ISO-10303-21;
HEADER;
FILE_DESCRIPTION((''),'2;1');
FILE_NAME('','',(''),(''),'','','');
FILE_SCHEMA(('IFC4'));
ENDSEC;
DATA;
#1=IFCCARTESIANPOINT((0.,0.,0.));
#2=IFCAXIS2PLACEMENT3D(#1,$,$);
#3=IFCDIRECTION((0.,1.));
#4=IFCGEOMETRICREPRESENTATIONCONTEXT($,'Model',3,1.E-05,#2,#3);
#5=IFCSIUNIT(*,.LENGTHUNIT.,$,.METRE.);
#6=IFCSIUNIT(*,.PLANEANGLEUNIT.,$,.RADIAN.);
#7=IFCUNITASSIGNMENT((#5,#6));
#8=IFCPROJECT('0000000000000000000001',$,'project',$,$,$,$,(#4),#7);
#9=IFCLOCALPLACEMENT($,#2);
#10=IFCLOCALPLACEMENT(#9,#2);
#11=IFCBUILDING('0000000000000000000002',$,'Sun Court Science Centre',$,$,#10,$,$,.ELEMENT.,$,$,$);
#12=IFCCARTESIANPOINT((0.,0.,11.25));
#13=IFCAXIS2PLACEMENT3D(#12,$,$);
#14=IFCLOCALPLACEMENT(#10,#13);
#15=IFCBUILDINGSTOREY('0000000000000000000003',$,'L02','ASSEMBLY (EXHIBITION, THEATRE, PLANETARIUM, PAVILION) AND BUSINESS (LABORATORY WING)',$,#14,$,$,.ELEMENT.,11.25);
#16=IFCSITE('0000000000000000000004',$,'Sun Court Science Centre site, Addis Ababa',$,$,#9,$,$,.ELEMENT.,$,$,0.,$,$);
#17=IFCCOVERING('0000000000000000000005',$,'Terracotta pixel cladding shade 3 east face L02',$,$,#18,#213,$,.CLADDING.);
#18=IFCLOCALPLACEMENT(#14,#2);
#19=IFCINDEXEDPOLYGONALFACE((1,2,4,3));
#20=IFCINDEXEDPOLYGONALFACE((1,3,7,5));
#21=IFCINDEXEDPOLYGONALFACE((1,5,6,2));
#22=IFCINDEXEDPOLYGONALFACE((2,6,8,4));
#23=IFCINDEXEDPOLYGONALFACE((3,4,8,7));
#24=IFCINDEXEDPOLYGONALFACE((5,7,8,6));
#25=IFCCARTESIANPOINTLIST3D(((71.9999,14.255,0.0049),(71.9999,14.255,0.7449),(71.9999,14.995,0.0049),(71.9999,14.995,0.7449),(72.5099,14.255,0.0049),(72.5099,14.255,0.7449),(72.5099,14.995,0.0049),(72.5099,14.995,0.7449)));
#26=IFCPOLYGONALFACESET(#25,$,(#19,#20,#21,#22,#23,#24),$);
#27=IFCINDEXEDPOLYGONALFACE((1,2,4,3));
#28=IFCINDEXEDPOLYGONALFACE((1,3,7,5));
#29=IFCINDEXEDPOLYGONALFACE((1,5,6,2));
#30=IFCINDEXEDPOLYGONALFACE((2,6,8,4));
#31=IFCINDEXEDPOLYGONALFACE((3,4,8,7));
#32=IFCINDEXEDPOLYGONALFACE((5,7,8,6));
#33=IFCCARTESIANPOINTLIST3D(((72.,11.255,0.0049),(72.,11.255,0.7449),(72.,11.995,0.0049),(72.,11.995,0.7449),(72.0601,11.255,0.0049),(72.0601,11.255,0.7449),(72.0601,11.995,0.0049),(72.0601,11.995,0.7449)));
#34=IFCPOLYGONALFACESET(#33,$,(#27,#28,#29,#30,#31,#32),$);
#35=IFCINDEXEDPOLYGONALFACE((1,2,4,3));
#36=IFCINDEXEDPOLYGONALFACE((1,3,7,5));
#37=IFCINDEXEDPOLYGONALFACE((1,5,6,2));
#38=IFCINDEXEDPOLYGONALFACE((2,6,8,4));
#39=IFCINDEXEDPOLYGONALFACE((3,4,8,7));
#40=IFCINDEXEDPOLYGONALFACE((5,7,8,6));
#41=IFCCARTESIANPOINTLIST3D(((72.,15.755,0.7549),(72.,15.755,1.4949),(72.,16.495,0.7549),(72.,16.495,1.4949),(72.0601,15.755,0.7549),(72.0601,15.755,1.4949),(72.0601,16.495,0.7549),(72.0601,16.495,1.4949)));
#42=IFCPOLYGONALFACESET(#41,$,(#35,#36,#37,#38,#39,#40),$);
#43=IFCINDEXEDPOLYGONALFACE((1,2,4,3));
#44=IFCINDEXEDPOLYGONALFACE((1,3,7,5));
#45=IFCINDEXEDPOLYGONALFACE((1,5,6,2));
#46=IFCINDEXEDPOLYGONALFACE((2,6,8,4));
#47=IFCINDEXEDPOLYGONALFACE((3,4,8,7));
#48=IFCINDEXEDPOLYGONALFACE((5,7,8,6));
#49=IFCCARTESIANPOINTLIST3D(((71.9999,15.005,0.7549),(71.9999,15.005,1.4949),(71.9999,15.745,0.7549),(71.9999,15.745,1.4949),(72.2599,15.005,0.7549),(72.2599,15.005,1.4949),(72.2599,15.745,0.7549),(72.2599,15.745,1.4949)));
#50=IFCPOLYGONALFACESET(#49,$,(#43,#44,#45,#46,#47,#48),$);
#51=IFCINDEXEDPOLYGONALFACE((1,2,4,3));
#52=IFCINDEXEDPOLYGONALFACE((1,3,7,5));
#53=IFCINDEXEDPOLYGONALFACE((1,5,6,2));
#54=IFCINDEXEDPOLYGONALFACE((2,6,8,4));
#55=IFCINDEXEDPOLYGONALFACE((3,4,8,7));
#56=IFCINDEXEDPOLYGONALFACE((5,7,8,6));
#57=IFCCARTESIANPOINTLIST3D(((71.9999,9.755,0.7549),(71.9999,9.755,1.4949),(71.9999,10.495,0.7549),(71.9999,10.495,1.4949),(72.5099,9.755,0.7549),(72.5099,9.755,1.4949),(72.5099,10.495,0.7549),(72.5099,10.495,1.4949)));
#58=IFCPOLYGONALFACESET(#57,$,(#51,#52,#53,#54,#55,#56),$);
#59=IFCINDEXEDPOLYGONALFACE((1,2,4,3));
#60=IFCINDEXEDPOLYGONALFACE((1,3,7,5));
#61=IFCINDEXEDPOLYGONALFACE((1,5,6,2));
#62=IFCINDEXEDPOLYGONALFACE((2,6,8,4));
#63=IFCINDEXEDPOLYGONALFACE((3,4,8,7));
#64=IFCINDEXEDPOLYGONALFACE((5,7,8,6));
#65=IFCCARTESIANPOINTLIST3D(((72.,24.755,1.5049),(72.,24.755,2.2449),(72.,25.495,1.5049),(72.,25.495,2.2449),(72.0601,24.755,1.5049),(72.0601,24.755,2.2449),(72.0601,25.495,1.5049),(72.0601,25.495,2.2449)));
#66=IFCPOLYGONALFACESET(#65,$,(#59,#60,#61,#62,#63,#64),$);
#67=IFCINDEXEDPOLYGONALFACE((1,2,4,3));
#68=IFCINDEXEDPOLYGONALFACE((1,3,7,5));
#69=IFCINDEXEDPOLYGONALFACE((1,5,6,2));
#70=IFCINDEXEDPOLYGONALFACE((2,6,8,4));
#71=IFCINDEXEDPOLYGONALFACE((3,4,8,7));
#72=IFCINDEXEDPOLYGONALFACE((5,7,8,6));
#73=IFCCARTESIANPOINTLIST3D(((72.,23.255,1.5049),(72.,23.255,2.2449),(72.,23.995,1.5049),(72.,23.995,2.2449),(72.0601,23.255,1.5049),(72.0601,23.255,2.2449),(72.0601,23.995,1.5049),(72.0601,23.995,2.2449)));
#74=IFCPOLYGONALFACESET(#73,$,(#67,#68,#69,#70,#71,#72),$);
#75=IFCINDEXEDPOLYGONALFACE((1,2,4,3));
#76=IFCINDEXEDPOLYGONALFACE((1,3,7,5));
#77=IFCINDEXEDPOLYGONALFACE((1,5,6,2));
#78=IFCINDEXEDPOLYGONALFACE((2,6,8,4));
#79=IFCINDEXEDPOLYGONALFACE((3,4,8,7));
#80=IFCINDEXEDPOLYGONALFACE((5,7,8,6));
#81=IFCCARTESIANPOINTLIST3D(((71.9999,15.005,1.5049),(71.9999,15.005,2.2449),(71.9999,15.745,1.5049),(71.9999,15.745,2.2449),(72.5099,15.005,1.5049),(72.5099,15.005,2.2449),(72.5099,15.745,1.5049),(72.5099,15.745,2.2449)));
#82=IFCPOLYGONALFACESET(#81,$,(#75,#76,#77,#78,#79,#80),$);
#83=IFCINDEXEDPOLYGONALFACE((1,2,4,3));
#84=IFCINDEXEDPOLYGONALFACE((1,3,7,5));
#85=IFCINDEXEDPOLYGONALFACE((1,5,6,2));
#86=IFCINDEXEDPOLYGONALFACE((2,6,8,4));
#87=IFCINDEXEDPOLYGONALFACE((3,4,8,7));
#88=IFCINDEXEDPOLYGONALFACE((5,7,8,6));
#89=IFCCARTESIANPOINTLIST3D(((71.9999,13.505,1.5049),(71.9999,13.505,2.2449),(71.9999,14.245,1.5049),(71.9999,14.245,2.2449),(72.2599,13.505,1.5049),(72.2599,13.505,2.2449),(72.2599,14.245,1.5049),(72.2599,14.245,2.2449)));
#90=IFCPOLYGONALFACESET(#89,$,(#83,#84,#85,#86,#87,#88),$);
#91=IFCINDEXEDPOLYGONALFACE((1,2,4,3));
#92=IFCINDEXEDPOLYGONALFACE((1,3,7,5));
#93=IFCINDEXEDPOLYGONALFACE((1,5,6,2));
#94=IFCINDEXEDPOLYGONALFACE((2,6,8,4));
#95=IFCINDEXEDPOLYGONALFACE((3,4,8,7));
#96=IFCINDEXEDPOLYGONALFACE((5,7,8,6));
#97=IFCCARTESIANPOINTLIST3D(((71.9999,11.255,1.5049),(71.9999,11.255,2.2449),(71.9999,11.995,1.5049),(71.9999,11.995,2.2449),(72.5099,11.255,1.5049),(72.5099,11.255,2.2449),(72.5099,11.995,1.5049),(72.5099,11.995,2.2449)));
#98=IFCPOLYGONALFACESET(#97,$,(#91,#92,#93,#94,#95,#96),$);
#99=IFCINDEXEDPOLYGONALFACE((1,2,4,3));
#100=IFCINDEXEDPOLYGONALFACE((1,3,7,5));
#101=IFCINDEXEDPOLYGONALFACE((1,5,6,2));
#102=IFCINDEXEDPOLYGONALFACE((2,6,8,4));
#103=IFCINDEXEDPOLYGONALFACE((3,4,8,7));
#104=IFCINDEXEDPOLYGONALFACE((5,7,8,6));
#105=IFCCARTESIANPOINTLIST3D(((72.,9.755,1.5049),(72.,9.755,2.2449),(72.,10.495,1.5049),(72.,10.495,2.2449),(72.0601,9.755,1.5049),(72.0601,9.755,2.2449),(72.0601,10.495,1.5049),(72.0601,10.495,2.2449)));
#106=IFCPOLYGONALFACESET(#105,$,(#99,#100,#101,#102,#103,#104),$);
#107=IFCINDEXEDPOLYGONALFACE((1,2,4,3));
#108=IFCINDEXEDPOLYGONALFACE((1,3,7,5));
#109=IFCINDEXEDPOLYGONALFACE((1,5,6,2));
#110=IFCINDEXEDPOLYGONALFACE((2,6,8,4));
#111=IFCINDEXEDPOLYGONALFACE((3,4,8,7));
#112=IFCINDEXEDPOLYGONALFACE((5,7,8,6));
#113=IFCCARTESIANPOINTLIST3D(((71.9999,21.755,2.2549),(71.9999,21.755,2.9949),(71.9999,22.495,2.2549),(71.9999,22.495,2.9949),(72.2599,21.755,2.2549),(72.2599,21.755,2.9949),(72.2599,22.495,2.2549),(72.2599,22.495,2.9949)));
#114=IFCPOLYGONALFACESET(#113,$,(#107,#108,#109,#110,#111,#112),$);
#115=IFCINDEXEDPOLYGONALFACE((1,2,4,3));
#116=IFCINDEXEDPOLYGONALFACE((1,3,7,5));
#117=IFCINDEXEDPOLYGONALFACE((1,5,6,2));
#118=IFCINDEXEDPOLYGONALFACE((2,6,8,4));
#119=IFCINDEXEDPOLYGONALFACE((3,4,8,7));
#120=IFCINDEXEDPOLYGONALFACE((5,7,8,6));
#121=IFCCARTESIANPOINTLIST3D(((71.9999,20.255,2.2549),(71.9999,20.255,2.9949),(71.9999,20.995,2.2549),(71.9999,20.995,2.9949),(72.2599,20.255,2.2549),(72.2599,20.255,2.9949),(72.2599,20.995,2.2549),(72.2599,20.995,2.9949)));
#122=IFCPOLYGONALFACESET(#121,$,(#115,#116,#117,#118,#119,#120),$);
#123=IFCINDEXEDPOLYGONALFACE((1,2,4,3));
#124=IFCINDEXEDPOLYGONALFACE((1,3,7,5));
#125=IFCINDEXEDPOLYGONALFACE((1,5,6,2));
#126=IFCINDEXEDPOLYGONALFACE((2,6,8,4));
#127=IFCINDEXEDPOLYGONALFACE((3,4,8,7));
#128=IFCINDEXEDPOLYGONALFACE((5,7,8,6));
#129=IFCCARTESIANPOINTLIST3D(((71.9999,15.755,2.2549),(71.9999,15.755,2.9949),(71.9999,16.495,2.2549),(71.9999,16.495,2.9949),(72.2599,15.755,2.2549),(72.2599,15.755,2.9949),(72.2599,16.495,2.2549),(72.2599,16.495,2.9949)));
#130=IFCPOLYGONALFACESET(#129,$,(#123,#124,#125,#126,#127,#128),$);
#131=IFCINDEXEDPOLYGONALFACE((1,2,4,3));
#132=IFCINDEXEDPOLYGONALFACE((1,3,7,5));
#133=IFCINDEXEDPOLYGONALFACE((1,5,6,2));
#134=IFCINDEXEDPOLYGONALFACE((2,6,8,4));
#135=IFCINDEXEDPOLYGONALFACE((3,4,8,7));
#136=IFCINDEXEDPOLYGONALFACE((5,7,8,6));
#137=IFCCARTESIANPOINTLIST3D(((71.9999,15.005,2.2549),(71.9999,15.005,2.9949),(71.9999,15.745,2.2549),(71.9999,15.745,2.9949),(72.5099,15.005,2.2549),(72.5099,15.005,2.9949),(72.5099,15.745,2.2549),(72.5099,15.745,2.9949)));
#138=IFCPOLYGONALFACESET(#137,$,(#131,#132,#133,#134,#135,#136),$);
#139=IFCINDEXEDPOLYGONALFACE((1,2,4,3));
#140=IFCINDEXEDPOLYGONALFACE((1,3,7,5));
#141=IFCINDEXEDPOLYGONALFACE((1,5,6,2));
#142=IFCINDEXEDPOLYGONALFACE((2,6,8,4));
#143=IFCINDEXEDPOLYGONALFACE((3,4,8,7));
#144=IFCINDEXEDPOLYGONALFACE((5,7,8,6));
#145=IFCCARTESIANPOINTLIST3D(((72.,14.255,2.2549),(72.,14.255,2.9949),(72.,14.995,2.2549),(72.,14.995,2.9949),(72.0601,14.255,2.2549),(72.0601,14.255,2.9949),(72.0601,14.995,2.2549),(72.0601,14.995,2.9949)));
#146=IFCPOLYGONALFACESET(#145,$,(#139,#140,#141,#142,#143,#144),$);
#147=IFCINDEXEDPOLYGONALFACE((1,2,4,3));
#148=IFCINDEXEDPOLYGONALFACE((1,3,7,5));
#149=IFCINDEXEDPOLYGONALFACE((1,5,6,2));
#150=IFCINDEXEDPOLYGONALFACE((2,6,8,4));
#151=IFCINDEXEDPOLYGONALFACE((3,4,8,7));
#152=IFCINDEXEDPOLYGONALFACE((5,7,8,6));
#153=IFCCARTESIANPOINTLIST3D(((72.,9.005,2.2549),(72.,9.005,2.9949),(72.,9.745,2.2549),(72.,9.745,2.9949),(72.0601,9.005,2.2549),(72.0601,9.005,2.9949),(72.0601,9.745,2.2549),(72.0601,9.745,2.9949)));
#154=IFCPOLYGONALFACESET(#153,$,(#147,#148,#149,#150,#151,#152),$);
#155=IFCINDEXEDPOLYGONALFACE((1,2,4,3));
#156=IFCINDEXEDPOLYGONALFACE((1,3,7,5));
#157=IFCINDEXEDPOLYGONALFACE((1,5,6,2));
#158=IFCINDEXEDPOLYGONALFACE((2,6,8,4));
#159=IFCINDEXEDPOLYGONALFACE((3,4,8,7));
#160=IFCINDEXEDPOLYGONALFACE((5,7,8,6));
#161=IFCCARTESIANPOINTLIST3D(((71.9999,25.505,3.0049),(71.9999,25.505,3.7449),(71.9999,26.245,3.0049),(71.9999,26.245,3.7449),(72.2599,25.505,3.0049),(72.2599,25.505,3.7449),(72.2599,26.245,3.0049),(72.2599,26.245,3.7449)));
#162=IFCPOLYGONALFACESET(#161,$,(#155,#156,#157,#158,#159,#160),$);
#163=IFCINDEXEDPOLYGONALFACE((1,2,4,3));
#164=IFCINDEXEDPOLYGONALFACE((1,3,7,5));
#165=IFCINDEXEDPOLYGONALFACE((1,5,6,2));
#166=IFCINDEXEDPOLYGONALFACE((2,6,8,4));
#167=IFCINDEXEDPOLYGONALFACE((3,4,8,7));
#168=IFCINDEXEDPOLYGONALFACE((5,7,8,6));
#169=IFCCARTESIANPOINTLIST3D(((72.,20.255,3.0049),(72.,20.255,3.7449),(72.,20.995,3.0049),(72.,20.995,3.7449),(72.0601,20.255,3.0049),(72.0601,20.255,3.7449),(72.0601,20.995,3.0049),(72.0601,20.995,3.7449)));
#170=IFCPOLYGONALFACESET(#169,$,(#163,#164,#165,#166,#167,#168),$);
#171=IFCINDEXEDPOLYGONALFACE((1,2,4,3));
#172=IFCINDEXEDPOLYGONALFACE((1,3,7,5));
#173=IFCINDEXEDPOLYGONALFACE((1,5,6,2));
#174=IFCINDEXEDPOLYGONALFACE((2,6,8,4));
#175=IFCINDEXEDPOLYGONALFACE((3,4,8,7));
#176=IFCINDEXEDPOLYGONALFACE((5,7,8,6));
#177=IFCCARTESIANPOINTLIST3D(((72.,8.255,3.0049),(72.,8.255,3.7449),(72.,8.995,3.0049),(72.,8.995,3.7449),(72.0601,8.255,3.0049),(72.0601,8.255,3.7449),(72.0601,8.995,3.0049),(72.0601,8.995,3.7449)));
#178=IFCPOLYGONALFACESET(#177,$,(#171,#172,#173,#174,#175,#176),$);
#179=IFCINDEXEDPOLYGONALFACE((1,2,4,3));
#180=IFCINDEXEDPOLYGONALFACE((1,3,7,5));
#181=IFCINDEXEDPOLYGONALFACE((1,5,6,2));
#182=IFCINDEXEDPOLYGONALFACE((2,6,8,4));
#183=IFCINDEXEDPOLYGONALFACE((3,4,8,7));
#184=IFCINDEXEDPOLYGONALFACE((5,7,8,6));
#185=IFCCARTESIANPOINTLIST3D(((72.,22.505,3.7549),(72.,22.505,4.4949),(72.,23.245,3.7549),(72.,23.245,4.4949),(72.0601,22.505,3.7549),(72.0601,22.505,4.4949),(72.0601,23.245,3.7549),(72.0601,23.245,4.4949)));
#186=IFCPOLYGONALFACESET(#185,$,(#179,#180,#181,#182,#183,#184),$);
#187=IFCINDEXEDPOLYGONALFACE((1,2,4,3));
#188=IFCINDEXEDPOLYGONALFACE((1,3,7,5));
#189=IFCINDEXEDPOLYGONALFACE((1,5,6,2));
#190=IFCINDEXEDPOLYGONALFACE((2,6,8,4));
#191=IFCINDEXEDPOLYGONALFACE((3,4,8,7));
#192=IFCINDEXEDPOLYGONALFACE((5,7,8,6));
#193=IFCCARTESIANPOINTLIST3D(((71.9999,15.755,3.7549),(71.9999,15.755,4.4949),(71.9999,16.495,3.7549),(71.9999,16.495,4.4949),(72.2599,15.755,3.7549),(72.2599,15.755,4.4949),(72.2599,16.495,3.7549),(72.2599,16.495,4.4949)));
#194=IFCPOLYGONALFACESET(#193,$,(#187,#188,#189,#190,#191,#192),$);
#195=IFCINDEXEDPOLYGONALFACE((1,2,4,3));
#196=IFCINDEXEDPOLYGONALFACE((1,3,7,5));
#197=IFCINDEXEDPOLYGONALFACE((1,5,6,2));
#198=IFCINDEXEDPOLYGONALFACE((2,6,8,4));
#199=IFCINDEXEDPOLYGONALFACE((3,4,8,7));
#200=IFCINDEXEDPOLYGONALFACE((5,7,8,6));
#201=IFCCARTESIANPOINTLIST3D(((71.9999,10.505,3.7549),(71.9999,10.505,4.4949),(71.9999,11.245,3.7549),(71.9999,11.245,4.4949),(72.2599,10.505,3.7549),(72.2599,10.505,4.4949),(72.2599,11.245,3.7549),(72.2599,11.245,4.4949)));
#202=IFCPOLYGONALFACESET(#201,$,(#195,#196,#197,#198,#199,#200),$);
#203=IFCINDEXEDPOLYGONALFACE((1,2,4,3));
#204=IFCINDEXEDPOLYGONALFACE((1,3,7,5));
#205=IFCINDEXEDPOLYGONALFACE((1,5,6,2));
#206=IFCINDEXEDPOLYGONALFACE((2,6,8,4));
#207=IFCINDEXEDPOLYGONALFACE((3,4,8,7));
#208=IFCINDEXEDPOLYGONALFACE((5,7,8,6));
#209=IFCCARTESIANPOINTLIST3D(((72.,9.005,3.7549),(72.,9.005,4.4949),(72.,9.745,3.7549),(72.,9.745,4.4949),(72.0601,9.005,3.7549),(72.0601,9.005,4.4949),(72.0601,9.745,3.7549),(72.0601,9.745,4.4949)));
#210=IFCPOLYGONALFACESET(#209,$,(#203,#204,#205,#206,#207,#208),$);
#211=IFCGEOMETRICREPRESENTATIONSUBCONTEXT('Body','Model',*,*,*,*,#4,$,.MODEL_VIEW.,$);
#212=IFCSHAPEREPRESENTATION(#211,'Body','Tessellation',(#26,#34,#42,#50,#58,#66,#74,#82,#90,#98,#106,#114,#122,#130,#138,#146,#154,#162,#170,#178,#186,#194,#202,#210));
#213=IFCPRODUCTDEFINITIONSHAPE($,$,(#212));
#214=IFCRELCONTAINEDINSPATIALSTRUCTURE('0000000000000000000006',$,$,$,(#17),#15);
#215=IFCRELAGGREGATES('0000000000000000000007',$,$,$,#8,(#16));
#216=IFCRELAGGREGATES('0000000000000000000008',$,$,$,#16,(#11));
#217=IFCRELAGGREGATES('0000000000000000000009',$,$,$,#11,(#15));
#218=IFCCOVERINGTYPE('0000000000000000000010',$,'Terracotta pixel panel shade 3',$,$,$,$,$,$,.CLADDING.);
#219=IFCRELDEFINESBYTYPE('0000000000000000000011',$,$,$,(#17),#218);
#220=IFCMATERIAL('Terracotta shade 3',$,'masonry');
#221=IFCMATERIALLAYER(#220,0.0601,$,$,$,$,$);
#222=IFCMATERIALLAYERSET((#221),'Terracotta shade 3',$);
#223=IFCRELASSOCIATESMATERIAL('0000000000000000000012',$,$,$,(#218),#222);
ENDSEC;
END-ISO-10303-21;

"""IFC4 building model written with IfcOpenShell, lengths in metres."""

from ifc_helpers import new_model, si_unit, direction, frame, origin, origin_2d, place, context, subcontext, project, spatial, rectangle, extrude, material, layer, layer_set, type_object, element, save


model = new_model("IFC4")

# Units and contexts
model_context = context("Model", 3, precision=1e-05, world=origin(), true_north=direction((0.0, 1.0)))
body_context = subcontext(model_context, "Body", "Model", "MODEL_VIEW")
ifc_project = project(units=[si_unit("LENGTHUNIT", "METRE"), si_unit("PLANEANGLEUNIT", "RADIAN")], contexts=[model_context])

# Site, building, storey
site_placement = place(None, origin())
site = spatial("IfcSite", under=ifc_project, at=site_placement, Name="Sun Court Science Centre site, Addis Ababa", CompositionType="ELEMENT", RefElevation=0.0)
building_placement = place(site_placement, origin())
building = spatial("IfcBuilding", under=site, at=building_placement, Name="Sun Court Science Centre", CompositionType="ELEMENT")
storey_placement = place(building_placement, frame((0.0, 0.0, 11.25)))
storey = spatial("IfcBuildingStorey", under=building, at=storey_placement, Name="L02", Description="ASSEMBLY (EXHIBITION, THEATRE, PLANETARIUM, PAVILION) AND BUSINESS (LABORATORY WING)", CompositionType="ELEMENT", Elevation=11.25)

# Covering
ifc_material_1 = material(Name="Terracotta shade 3", Category="masonry")
ifc_layer_1 = layer(ifc_material_1, 0.0601)
ifc_layer_set_1 = layer_set([ifc_layer_1], Name="Terracotta shade 3")
covering_type_1 = type_object("IfcCoveringType", Name="Terracotta pixel panel shade 3", PredefinedType="CLADDING", material=ifc_layer_set_1)
covering_1_placement = place(storey_placement, frame((0.0, 0.0, -11.25)))
element("IfcCovering", 1, at=covering_1_placement, inside=storey, type_object=covering_type_1, Name="Terracotta pixel cladding shade 3 east face L02", PredefinedType="CLADDING", context=body_context, shape_type="SweptSolid", body=[
    extrude(rectangle(XDim=0.74, YDim=0.51, at=origin_2d()), frame((72.2549, 14.625, 11.2549), z_axis=(0.0, 0.0, 1.0), x_axis=(0.0, -1.0, 0.0)), (0.0, 0.0, 1.0), 0.74),
    extrude(rectangle(XDim=0.74, YDim=0.0601, at=origin_2d()), frame((72.03, 11.625, 11.2549), z_axis=(0.0, 0.0, 1.0), x_axis=(0.0, -1.0, 0.0)), (0.0, 0.0, 1.0), 0.74),
    extrude(rectangle(XDim=0.74, YDim=0.0601, at=origin_2d()), frame((72.03, 16.125, 12.0049), z_axis=(0.0, 0.0, 1.0), x_axis=(0.0, -1.0, 0.0)), (0.0, 0.0, 1.0), 0.74),
    extrude(rectangle(XDim=0.74, YDim=0.26, at=origin_2d()), frame((72.1299, 15.375, 12.0049), z_axis=(0.0, 0.0, 1.0), x_axis=(0.0, -1.0, 0.0)), (0.0, 0.0, 1.0), 0.74),
    extrude(rectangle(XDim=0.74, YDim=0.51, at=origin_2d()), frame((72.2549, 10.125, 12.0049), z_axis=(0.0, 0.0, 1.0), x_axis=(0.0, -1.0, 0.0)), (0.0, 0.0, 1.0), 0.74),
    extrude(rectangle(XDim=0.74, YDim=0.0601, at=origin_2d()), frame((72.03, 25.125, 12.7549), z_axis=(0.0, 0.0, 1.0), x_axis=(0.0, -1.0, 0.0)), (0.0, 0.0, 1.0), 0.74),
    extrude(rectangle(XDim=0.74, YDim=0.0601, at=origin_2d()), frame((72.03, 23.625, 12.7549), z_axis=(0.0, 0.0, 1.0), x_axis=(0.0, -1.0, 0.0)), (0.0, 0.0, 1.0), 0.74),
    extrude(rectangle(XDim=0.74, YDim=0.51, at=origin_2d()), frame((72.2549, 15.375, 12.7549), z_axis=(0.0, 0.0, 1.0), x_axis=(0.0, -1.0, 0.0)), (0.0, 0.0, 1.0), 0.74),
    extrude(rectangle(XDim=0.74, YDim=0.26, at=origin_2d()), frame((72.1299, 13.875, 12.7549), z_axis=(0.0, 0.0, 1.0), x_axis=(0.0, -1.0, 0.0)), (0.0, 0.0, 1.0), 0.74),
    extrude(rectangle(XDim=0.74, YDim=0.51, at=origin_2d()), frame((72.2549, 11.625, 12.7549), z_axis=(0.0, 0.0, 1.0), x_axis=(0.0, -1.0, 0.0)), (0.0, 0.0, 1.0), 0.74),
    extrude(rectangle(XDim=0.74, YDim=0.0601, at=origin_2d()), frame((72.03, 10.125, 12.7549), z_axis=(0.0, 0.0, 1.0), x_axis=(0.0, -1.0, 0.0)), (0.0, 0.0, 1.0), 0.74),
    extrude(rectangle(XDim=0.74, YDim=0.26, at=origin_2d()), frame((72.1299, 22.125, 13.5049), z_axis=(0.0, 0.0, 1.0), x_axis=(0.0, -1.0, 0.0)), (0.0, 0.0, 1.0), 0.74),
    extrude(rectangle(XDim=0.74, YDim=0.26, at=origin_2d()), frame((72.1299, 20.625, 13.5049), z_axis=(0.0, 0.0, 1.0), x_axis=(0.0, -1.0, 0.0)), (0.0, 0.0, 1.0), 0.74),
    extrude(rectangle(XDim=0.74, YDim=0.26, at=origin_2d()), frame((72.1299, 16.125, 13.5049), z_axis=(0.0, 0.0, 1.0), x_axis=(0.0, -1.0, 0.0)), (0.0, 0.0, 1.0), 0.74),
    extrude(rectangle(XDim=0.74, YDim=0.51, at=origin_2d()), frame((72.2549, 15.375, 13.5049), z_axis=(0.0, 0.0, 1.0), x_axis=(0.0, -1.0, 0.0)), (0.0, 0.0, 1.0), 0.74),
    extrude(rectangle(XDim=0.74, YDim=0.0601, at=origin_2d()), frame((72.03, 14.625, 13.5049), z_axis=(0.0, 0.0, 1.0), x_axis=(0.0, -1.0, 0.0)), (0.0, 0.0, 1.0), 0.74),
    extrude(rectangle(XDim=0.74, YDim=0.0601, at=origin_2d()), frame((72.03, 9.375, 13.5049), z_axis=(0.0, 0.0, 1.0), x_axis=(0.0, -1.0, 0.0)), (0.0, 0.0, 1.0), 0.74),
    extrude(rectangle(XDim=0.74, YDim=0.26, at=origin_2d()), frame((72.1299, 25.875, 14.2549), z_axis=(0.0, 0.0, 1.0), x_axis=(0.0, -1.0, 0.0)), (0.0, 0.0, 1.0), 0.74),
    extrude(rectangle(XDim=0.74, YDim=0.0601, at=origin_2d()), frame((72.03, 20.625, 14.2549), z_axis=(0.0, 0.0, 1.0), x_axis=(0.0, -1.0, 0.0)), (0.0, 0.0, 1.0), 0.74),
    extrude(rectangle(XDim=0.74, YDim=0.0601, at=origin_2d()), frame((72.03, 8.625, 14.2549), z_axis=(0.0, 0.0, 1.0), x_axis=(0.0, -1.0, 0.0)), (0.0, 0.0, 1.0), 0.74),
    extrude(rectangle(XDim=0.74, YDim=0.0601, at=origin_2d()), frame((72.03, 22.875, 15.0049), z_axis=(0.0, 0.0, 1.0), x_axis=(0.0, -1.0, 0.0)), (0.0, 0.0, 1.0), 0.74),
    extrude(rectangle(XDim=0.74, YDim=0.26, at=origin_2d()), frame((72.1299, 16.125, 15.0049), z_axis=(0.0, 0.0, 1.0), x_axis=(0.0, -1.0, 0.0)), (0.0, 0.0, 1.0), 0.74),
    extrude(rectangle(XDim=0.74, YDim=0.26, at=origin_2d()), frame((72.1299, 10.875, 15.0049), z_axis=(0.0, 0.0, 1.0), x_axis=(0.0, -1.0, 0.0)), (0.0, 0.0, 1.0), 0.74),
    extrude(rectangle(XDim=0.74, YDim=0.0601, at=origin_2d()), frame((72.03, 9.375, 15.0049), z_axis=(0.0, 0.0, 1.0), x_axis=(0.0, -1.0, 0.0)), (0.0, 0.0, 1.0), 0.74),
])

save(model, "model.ifc")
